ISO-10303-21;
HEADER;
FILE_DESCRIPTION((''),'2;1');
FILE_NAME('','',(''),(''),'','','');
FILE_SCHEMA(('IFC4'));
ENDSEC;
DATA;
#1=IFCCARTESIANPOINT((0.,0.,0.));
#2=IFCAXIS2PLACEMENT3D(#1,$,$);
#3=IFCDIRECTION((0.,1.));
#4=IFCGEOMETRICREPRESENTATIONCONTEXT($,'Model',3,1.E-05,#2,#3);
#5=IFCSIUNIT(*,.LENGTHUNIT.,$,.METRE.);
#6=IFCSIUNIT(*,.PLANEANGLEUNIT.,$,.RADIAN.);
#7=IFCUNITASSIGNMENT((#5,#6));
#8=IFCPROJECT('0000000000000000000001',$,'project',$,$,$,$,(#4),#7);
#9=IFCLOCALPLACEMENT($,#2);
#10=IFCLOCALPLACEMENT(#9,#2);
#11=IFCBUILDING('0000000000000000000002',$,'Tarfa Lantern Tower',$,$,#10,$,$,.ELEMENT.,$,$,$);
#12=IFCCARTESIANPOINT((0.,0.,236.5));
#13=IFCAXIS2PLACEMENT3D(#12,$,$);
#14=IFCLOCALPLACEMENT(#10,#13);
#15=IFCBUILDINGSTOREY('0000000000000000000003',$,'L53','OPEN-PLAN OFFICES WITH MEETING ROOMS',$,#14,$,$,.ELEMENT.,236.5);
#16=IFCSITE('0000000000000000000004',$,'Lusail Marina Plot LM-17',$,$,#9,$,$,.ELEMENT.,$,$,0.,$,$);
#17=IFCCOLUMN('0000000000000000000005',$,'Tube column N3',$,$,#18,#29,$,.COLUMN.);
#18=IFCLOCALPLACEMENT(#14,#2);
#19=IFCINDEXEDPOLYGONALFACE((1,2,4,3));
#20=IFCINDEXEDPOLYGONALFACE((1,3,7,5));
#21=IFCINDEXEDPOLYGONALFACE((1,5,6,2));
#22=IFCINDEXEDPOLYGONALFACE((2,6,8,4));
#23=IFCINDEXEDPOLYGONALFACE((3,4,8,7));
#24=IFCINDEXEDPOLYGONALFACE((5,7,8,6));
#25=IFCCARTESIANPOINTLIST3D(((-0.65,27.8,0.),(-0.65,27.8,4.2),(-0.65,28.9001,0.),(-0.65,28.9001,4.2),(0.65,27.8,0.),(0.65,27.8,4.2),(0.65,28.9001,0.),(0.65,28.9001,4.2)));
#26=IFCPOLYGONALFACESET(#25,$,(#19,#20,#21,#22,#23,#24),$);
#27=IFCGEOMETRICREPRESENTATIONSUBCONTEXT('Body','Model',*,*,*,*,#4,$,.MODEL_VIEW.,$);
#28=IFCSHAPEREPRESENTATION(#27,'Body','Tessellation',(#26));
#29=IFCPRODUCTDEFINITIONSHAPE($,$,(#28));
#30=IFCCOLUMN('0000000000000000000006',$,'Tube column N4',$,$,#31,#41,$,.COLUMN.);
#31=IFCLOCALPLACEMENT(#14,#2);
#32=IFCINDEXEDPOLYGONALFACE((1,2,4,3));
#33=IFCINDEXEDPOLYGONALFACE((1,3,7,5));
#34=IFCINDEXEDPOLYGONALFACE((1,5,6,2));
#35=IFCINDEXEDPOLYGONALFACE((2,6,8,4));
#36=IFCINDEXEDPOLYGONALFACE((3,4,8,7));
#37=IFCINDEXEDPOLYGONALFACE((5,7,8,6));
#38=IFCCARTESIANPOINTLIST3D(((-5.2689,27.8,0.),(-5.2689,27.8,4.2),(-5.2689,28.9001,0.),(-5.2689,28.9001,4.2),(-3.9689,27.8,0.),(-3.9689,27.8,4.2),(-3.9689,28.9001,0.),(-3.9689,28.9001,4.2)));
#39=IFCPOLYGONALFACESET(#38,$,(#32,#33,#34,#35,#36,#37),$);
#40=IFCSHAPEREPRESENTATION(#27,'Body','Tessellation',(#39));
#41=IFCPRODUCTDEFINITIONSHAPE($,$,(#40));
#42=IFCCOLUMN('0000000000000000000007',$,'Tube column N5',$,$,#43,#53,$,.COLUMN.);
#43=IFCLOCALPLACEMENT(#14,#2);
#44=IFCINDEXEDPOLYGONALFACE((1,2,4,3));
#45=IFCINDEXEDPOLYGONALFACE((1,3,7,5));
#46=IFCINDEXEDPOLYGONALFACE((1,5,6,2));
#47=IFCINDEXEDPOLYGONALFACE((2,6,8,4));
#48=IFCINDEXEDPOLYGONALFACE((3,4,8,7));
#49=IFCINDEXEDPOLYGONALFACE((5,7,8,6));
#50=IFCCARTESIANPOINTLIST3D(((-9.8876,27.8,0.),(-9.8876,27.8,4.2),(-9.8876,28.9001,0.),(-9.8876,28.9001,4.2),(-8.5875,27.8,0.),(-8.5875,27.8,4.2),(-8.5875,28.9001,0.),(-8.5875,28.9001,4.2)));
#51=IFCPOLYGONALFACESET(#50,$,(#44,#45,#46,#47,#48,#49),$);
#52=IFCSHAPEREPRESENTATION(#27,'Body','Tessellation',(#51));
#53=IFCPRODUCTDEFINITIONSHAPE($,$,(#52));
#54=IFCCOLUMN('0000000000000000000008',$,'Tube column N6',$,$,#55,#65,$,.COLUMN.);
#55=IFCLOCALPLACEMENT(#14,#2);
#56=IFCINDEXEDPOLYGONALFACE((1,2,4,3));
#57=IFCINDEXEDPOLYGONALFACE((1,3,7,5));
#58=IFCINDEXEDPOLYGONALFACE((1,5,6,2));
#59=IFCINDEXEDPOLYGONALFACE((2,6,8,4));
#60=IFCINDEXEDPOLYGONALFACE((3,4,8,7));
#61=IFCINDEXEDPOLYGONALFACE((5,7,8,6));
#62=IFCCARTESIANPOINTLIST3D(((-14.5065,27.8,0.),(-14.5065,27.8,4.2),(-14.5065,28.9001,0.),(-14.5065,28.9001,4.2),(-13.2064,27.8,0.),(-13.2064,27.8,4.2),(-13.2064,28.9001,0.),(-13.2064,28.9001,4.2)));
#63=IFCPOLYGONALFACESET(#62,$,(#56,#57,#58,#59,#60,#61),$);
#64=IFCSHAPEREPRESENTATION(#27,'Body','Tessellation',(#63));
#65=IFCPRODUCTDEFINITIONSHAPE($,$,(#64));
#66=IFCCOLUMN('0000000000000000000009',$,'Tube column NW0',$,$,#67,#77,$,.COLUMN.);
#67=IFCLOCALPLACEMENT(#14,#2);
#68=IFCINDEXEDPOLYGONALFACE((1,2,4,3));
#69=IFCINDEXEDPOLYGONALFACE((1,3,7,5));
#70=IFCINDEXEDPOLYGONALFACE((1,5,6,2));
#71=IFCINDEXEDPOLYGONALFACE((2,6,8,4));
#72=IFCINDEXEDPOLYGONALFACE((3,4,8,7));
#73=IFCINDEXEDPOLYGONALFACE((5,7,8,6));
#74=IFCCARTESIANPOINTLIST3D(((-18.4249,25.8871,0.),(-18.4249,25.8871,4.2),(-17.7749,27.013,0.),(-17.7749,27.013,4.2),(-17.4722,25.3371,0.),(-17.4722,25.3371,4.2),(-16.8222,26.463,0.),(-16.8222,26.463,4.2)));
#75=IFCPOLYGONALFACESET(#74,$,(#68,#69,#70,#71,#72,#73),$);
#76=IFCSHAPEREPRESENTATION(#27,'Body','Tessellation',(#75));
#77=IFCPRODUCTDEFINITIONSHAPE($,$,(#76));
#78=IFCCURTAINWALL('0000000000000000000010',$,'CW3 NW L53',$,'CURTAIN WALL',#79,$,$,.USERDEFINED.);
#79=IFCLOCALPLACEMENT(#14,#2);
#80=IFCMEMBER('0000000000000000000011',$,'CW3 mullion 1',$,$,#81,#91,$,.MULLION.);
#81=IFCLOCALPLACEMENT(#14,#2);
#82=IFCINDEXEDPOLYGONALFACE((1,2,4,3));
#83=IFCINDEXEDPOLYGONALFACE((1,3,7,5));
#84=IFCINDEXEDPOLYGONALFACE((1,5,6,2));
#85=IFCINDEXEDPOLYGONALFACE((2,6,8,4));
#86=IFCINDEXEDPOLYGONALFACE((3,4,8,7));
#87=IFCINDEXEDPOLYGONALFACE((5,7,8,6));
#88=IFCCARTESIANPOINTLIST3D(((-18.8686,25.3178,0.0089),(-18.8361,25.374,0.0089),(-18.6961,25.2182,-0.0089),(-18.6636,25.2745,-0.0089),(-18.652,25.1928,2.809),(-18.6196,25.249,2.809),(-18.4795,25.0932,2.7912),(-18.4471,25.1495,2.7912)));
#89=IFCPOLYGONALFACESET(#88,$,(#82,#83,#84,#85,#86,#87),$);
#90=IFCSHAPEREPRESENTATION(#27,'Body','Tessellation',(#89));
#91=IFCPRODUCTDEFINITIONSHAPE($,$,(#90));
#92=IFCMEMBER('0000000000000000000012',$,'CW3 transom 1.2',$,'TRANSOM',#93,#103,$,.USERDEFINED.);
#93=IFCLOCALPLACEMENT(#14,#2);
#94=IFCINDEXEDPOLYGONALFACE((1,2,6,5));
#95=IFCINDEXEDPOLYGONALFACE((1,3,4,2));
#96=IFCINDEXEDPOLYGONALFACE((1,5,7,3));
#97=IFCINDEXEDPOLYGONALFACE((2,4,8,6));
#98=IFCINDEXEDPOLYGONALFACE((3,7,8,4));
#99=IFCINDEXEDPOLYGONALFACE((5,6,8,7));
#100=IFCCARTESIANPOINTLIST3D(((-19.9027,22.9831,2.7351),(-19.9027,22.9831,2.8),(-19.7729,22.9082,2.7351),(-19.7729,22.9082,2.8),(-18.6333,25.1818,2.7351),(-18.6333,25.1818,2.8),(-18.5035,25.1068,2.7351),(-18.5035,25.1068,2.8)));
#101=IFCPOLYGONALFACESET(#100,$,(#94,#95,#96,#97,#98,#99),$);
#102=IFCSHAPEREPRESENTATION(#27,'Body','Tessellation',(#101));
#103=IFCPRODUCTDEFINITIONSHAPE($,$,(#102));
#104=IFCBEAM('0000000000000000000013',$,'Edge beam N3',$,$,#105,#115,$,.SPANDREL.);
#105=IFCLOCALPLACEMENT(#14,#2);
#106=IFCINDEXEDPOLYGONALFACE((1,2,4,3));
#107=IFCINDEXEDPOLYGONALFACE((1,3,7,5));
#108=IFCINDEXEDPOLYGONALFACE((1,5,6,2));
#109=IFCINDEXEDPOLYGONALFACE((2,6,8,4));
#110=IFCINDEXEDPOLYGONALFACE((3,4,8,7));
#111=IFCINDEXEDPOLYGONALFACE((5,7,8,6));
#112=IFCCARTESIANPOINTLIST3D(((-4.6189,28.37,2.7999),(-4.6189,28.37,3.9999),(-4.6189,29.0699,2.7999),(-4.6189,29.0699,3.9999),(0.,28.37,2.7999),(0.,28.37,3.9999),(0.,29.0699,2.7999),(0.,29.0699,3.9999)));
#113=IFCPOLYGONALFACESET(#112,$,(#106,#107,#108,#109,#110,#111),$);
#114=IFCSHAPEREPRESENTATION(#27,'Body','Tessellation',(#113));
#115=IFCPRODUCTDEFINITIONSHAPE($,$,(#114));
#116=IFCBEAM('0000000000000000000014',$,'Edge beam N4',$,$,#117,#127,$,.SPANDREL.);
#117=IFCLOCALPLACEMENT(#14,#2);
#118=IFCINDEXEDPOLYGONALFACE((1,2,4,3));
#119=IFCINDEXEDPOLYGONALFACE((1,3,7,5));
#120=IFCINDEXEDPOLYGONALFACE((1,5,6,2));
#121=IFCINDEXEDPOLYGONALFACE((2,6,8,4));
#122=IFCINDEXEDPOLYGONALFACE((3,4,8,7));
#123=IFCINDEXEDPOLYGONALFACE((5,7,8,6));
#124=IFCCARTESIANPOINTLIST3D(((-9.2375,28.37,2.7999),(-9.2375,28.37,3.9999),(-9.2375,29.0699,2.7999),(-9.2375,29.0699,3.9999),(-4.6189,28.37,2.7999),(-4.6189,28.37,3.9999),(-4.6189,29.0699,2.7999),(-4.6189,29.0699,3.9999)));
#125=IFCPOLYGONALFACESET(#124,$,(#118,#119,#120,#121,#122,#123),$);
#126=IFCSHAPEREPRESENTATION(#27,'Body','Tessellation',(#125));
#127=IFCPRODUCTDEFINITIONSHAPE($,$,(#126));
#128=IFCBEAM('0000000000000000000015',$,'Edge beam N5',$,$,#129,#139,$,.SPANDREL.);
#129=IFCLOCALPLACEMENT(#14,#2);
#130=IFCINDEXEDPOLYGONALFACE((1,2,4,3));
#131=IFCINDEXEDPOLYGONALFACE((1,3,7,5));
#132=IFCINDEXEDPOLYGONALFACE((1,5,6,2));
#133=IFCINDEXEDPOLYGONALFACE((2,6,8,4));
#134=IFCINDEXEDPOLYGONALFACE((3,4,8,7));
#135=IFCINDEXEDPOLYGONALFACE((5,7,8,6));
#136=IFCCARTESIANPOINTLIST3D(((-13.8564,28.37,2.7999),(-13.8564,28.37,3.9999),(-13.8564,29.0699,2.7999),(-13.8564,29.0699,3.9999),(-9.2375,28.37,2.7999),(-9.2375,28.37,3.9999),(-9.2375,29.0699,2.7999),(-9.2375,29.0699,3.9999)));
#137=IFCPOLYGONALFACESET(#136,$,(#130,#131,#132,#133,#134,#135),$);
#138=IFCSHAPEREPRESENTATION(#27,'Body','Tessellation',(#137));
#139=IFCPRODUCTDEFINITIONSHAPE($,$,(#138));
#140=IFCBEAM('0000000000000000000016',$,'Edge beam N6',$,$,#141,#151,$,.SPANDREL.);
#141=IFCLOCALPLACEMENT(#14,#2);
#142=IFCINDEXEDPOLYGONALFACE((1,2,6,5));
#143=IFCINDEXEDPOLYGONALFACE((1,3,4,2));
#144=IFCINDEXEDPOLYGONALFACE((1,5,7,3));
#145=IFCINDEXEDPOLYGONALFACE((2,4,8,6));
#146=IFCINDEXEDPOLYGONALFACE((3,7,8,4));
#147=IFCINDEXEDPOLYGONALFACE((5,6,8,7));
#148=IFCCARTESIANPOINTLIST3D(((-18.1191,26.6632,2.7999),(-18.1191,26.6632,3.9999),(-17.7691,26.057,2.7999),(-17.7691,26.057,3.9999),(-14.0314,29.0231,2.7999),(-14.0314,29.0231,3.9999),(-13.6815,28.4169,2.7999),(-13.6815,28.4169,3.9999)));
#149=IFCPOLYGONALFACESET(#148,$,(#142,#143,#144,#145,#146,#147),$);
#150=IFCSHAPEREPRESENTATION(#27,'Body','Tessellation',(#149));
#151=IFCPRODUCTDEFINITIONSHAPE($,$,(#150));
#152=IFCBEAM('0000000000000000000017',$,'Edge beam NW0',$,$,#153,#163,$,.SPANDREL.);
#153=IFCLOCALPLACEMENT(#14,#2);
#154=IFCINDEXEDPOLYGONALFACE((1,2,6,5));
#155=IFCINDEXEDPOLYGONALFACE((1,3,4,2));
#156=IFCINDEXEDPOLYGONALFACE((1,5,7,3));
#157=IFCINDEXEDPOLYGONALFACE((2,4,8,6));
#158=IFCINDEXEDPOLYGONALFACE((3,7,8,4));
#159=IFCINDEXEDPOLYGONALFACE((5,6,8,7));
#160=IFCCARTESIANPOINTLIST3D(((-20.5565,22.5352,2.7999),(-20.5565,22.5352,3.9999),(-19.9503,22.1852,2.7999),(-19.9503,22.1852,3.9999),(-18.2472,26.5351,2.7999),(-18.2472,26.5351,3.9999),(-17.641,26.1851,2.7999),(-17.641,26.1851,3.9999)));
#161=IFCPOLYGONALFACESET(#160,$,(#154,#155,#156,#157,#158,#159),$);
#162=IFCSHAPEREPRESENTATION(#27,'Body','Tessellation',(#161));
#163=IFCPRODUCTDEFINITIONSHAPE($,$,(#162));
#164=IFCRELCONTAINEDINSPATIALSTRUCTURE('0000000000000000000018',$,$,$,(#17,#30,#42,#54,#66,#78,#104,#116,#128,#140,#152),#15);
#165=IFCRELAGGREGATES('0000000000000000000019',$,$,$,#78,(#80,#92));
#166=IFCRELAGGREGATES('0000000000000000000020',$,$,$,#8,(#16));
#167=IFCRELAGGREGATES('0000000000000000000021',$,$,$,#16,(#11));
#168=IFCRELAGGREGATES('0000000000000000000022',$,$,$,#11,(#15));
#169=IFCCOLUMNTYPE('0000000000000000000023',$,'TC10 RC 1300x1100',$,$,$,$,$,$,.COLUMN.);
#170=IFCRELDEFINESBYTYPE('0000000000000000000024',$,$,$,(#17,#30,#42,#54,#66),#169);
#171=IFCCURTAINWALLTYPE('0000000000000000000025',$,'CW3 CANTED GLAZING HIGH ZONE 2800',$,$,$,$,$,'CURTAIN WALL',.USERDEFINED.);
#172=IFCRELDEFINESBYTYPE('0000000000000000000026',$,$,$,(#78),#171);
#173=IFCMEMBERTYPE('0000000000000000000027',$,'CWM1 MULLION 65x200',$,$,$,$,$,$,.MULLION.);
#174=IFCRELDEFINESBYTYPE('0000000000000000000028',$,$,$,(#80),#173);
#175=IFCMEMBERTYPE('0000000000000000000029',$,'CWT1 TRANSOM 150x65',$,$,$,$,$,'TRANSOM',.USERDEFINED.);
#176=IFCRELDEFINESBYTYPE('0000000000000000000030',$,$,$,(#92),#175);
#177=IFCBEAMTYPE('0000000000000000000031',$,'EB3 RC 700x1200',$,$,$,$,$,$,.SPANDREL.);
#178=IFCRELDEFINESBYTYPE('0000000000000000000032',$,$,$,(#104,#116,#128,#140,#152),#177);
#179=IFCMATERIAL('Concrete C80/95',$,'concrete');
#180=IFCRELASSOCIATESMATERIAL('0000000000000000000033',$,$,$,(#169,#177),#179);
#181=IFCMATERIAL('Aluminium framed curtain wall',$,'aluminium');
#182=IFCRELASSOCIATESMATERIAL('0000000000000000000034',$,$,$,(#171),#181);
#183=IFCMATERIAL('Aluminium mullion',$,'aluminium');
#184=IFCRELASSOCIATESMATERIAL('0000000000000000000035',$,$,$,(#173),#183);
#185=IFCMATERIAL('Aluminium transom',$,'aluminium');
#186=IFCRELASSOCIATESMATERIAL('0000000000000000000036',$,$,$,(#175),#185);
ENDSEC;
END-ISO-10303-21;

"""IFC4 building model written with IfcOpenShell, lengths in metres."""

from ifc_helpers import new_model, si_unit, direction, frame, origin, origin_2d, place, context, subcontext, project, spatial, rectangle, extrude, material, material_profile, profile_set, type_object, element, aggregate, save


model = new_model("IFC4")

# Units and contexts
model_context = context("Model", 3, precision=1e-05, world=origin(), true_north=direction((0.0, 1.0)))
body_context = subcontext(model_context, "Body", "Model", "MODEL_VIEW")
ifc_project = project(units=[si_unit("LENGTHUNIT", "METRE"), si_unit("PLANEANGLEUNIT", "RADIAN")], contexts=[model_context])

# Site, building, storey
site_placement = place(None, origin())
site = spatial("IfcSite", under=ifc_project, at=site_placement, Name="Lusail Marina Plot LM-17", CompositionType="ELEMENT", RefElevation=0.0)
building_placement = place(site_placement, origin())
building = spatial("IfcBuilding", under=site, at=building_placement, Name="Tarfa Lantern Tower", CompositionType="ELEMENT")
storey_placement = place(building_placement, frame((0.0, 0.0, 236.5)))
storey = spatial("IfcBuildingStorey", under=building, at=storey_placement, Name="L53", Description="OPEN-PLAN OFFICES WITH MEETING ROOMS", CompositionType="ELEMENT", Elevation=236.5)

# Columns
ifc_material_1 = material(Name="Concrete C80/95", Category="concrete")
ifc_material_profile_1 = material_profile(ifc_material_1, rectangle(XDim=1.3, YDim=1.1001, at=origin_2d()), Name="RC 1300x1100")
ifc_profile_set_1 = profile_set([ifc_material_profile_1], Name="Concrete C80/95")
column_type = type_object("IfcColumnType", Name="TC10 RC 1300x1100", PredefinedType="COLUMN", material=ifc_profile_set_1)
for number, where, z_axis, x_axis, name in (
    (1, (0.0, 28.3501, 0.0), (0.0, 0.0, 1.0), (-1.0, 0.0, 0.0), "Tube column N3"),
    (2, (-4.6189, 28.3501, 0.0), (0.0, 0.0, 1.0), (-1.0, 0.0, 0.0), "Tube column N4"),
    (3, (-9.2375, 28.3501, 0.0), (0.0, 0.0, 1.0), (-1.0, 0.0, 0.0), "Tube column N5"),
    (4, (-13.8564, 28.3501, 0.0), (0.0, 0.0, 1.0), (-1.0, 0.0, 0.0), "Tube column N6"),
    (5, (-17.6235, 26.175, 0.0), (0.0, 0.0, 1.0), (-0.5, -0.866025, 0.0), "Tube column NW0"),
):
    element("IfcColumn", number, at=place(storey_placement, frame(where, z_axis=z_axis, x_axis=x_axis)), inside=storey, type_object=column_type, Name=name, PredefinedType="COLUMN", context=body_context, shape_type="SweptSolid", body=[
        extrude(rectangle(XDim=1.3, YDim=1.1001, at=origin_2d()), origin(), (0.0, 0.0, 1.0), 4.2),
    ])

# Curtain wall, members
ifc_material_2 = material(Name="Aluminium framed curtain wall", Category="aluminium")
curtain_wall_type = type_object("IfcCurtainWallType", Name="CW3 CANTED GLAZING HIGH ZONE 2800", ElementType="CURTAIN WALL", PredefinedType="USERDEFINED", material=ifc_material_2)
curtain_wall_placement = place(storey_placement, origin())
curtain_wall = element("IfcCurtainWall", 6, at=curtain_wall_placement, inside=storey, type_object=curtain_wall_type, Name="CW3 NW L53", ObjectType="CURTAIN WALL", PredefinedType="USERDEFINED")
ifc_material_3 = material(Name="Aluminium mullion", Category="aluminium")
ifc_material_profile_2 = material_profile(ifc_material_3, rectangle(XDim=0.0649, YDim=0.2, at=origin_2d()), Name="AL MULLION 65x200")
ifc_profile_set_2 = profile_set([ifc_material_profile_2], Name="Aluminium mullion")
member_type_1 = type_object("IfcMemberType", Name="CWM1 MULLION 65x200", PredefinedType="MULLION", material=ifc_profile_set_2)
member_1_placement = place(storey_placement, frame((-18.7661, 25.2961, 0.0), z_axis=(0.077032, -0.044465, 0.996037), x_axis=(0.49992, 0.866072, 0.0)))
member_1 = element("IfcMember", 7, at=member_1_placement, type_object=member_type_1, Name="CW3 mullion 1", PredefinedType="MULLION", context=body_context, shape_type="SweptSolid", body=[
    extrude(rectangle(XDim=0.0649, YDim=0.2, at=origin_2d()), origin(), (0.0, 0.0, 1.0), 2.8113),
])
ifc_material_4 = material(Name="Aluminium transom", Category="aluminium")
ifc_material_profile_3 = material_profile(ifc_material_4, rectangle(XDim=0.1499, YDim=0.0649, at=origin_2d()), Name="AL TRANSOM 150x65")
ifc_profile_set_3 = profile_set([ifc_material_profile_3], Name="Aluminium transom")
member_type_2 = type_object("IfcMemberType", Name="CWT1 TRANSOM 150x65", ElementType="TRANSOM", PredefinedType="USERDEFINED", material=ifc_profile_set_3)
member_2_placement = place(storey_placement, frame((-18.5684, 25.1443, 2.7676), z_axis=(-0.500028, -0.866009, 0.0), x_axis=(0.866009, -0.500028, 0.0)))
member_2 = element("IfcMember", 8, at=member_2_placement, type_object=member_type_2, Name="CW3 transom 1.2", ObjectType="TRANSOM", PredefinedType="USERDEFINED", context=body_context, shape_type="SweptSolid", body=[
    extrude(rectangle(XDim=0.1499, YDim=0.0649, at=origin_2d()), origin(), (0.0, 0.0, 1.0), 2.5388),
])
aggregate(curtain_wall, [member_1, member_2])

# Beams
ifc_material_profile_4 = material_profile(ifc_material_1, rectangle(XDim=0.7, YDim=1.2, at=origin_2d()), Name="RC 700x1200")
ifc_profile_set_4 = profile_set([ifc_material_profile_4], Name="Concrete C80/95")
beam_type_1 = type_object("IfcBeamType", Name="EB3 RC 700x1200", PredefinedType="SPANDREL", material=ifc_profile_set_4)
beam_1_placement = place(storey_placement, frame((0.0, 28.72, 3.3999), z_axis=(-1.0, 0.0, 0.0), x_axis=(0.0, -1.0, 0.0)))
element("IfcBeam", 9, at=beam_1_placement, inside=storey, type_object=beam_type_1, Name="Edge beam N3", PredefinedType="SPANDREL", context=body_context, shape_type="SweptSolid", body=[
    extrude(rectangle(XDim=0.7, YDim=1.2, at=origin_2d()), origin(), (0.0, 0.0, 1.0), 4.6189),
])
beam_2_placement = place(storey_placement, frame((-4.6189, 28.72, 3.3999), z_axis=(-1.0, 0.0, 0.0), x_axis=(0.0, -1.0, 0.0)))
element("IfcBeam", 10, at=beam_2_placement, inside=storey, type_object=beam_type_1, Name="Edge beam N4", PredefinedType="SPANDREL", context=body_context, shape_type="SweptSolid", body=[
    extrude(rectangle(XDim=0.7, YDim=1.2, at=origin_2d()), origin(), (0.0, 0.0, 1.0), 4.6187),
])
beam_3_placement = place(storey_placement, frame((-9.2375, 28.72, 3.3999), z_axis=(-1.0, 0.0, 0.0), x_axis=(0.0, -1.0, 0.0)))
element("IfcBeam", 11, at=beam_3_placement, inside=storey, type_object=beam_type_1, Name="Edge beam N5", PredefinedType="SPANDREL", context=body_context, shape_type="SweptSolid", body=[
    extrude(rectangle(XDim=0.7, YDim=1.2, at=origin_2d()), origin(), (0.0, 0.0, 1.0), 4.6189),
])
beam_4_placement = place(storey_placement, frame((-13.8564, 28.72, 3.3999), z_axis=(-0.866038, -0.499978, 0.0), x_axis=(0.499978, -0.866038, 0.0)))
element("IfcBeam", 12, at=beam_4_placement, inside=storey, type_object=beam_type_1, Name="Edge beam N6", PredefinedType="SPANDREL", context=body_context, shape_type="SweptSolid", body=[
    extrude(rectangle(XDim=0.7, YDim=1.2, at=origin_2d()), origin(), (0.0, 0.0, 1.0), 4.72),
])
beam_5_placement = place(storey_placement, frame((-17.9441, 26.3601, 3.3999), z_axis=(-0.499988, -0.866032, 0.0), x_axis=(0.866032, -0.499988, 0.0)))
element("IfcBeam", 13, at=beam_5_placement, inside=storey, type_object=beam_type_1, Name="Edge beam NW0", PredefinedType="SPANDREL", context=body_context, shape_type="SweptSolid", body=[
    extrude(rectangle(XDim=0.7, YDim=1.2, at=origin_2d()), origin(), (0.0, 0.0, 1.0), 4.6187),
])

save(model, "model.ifc")
